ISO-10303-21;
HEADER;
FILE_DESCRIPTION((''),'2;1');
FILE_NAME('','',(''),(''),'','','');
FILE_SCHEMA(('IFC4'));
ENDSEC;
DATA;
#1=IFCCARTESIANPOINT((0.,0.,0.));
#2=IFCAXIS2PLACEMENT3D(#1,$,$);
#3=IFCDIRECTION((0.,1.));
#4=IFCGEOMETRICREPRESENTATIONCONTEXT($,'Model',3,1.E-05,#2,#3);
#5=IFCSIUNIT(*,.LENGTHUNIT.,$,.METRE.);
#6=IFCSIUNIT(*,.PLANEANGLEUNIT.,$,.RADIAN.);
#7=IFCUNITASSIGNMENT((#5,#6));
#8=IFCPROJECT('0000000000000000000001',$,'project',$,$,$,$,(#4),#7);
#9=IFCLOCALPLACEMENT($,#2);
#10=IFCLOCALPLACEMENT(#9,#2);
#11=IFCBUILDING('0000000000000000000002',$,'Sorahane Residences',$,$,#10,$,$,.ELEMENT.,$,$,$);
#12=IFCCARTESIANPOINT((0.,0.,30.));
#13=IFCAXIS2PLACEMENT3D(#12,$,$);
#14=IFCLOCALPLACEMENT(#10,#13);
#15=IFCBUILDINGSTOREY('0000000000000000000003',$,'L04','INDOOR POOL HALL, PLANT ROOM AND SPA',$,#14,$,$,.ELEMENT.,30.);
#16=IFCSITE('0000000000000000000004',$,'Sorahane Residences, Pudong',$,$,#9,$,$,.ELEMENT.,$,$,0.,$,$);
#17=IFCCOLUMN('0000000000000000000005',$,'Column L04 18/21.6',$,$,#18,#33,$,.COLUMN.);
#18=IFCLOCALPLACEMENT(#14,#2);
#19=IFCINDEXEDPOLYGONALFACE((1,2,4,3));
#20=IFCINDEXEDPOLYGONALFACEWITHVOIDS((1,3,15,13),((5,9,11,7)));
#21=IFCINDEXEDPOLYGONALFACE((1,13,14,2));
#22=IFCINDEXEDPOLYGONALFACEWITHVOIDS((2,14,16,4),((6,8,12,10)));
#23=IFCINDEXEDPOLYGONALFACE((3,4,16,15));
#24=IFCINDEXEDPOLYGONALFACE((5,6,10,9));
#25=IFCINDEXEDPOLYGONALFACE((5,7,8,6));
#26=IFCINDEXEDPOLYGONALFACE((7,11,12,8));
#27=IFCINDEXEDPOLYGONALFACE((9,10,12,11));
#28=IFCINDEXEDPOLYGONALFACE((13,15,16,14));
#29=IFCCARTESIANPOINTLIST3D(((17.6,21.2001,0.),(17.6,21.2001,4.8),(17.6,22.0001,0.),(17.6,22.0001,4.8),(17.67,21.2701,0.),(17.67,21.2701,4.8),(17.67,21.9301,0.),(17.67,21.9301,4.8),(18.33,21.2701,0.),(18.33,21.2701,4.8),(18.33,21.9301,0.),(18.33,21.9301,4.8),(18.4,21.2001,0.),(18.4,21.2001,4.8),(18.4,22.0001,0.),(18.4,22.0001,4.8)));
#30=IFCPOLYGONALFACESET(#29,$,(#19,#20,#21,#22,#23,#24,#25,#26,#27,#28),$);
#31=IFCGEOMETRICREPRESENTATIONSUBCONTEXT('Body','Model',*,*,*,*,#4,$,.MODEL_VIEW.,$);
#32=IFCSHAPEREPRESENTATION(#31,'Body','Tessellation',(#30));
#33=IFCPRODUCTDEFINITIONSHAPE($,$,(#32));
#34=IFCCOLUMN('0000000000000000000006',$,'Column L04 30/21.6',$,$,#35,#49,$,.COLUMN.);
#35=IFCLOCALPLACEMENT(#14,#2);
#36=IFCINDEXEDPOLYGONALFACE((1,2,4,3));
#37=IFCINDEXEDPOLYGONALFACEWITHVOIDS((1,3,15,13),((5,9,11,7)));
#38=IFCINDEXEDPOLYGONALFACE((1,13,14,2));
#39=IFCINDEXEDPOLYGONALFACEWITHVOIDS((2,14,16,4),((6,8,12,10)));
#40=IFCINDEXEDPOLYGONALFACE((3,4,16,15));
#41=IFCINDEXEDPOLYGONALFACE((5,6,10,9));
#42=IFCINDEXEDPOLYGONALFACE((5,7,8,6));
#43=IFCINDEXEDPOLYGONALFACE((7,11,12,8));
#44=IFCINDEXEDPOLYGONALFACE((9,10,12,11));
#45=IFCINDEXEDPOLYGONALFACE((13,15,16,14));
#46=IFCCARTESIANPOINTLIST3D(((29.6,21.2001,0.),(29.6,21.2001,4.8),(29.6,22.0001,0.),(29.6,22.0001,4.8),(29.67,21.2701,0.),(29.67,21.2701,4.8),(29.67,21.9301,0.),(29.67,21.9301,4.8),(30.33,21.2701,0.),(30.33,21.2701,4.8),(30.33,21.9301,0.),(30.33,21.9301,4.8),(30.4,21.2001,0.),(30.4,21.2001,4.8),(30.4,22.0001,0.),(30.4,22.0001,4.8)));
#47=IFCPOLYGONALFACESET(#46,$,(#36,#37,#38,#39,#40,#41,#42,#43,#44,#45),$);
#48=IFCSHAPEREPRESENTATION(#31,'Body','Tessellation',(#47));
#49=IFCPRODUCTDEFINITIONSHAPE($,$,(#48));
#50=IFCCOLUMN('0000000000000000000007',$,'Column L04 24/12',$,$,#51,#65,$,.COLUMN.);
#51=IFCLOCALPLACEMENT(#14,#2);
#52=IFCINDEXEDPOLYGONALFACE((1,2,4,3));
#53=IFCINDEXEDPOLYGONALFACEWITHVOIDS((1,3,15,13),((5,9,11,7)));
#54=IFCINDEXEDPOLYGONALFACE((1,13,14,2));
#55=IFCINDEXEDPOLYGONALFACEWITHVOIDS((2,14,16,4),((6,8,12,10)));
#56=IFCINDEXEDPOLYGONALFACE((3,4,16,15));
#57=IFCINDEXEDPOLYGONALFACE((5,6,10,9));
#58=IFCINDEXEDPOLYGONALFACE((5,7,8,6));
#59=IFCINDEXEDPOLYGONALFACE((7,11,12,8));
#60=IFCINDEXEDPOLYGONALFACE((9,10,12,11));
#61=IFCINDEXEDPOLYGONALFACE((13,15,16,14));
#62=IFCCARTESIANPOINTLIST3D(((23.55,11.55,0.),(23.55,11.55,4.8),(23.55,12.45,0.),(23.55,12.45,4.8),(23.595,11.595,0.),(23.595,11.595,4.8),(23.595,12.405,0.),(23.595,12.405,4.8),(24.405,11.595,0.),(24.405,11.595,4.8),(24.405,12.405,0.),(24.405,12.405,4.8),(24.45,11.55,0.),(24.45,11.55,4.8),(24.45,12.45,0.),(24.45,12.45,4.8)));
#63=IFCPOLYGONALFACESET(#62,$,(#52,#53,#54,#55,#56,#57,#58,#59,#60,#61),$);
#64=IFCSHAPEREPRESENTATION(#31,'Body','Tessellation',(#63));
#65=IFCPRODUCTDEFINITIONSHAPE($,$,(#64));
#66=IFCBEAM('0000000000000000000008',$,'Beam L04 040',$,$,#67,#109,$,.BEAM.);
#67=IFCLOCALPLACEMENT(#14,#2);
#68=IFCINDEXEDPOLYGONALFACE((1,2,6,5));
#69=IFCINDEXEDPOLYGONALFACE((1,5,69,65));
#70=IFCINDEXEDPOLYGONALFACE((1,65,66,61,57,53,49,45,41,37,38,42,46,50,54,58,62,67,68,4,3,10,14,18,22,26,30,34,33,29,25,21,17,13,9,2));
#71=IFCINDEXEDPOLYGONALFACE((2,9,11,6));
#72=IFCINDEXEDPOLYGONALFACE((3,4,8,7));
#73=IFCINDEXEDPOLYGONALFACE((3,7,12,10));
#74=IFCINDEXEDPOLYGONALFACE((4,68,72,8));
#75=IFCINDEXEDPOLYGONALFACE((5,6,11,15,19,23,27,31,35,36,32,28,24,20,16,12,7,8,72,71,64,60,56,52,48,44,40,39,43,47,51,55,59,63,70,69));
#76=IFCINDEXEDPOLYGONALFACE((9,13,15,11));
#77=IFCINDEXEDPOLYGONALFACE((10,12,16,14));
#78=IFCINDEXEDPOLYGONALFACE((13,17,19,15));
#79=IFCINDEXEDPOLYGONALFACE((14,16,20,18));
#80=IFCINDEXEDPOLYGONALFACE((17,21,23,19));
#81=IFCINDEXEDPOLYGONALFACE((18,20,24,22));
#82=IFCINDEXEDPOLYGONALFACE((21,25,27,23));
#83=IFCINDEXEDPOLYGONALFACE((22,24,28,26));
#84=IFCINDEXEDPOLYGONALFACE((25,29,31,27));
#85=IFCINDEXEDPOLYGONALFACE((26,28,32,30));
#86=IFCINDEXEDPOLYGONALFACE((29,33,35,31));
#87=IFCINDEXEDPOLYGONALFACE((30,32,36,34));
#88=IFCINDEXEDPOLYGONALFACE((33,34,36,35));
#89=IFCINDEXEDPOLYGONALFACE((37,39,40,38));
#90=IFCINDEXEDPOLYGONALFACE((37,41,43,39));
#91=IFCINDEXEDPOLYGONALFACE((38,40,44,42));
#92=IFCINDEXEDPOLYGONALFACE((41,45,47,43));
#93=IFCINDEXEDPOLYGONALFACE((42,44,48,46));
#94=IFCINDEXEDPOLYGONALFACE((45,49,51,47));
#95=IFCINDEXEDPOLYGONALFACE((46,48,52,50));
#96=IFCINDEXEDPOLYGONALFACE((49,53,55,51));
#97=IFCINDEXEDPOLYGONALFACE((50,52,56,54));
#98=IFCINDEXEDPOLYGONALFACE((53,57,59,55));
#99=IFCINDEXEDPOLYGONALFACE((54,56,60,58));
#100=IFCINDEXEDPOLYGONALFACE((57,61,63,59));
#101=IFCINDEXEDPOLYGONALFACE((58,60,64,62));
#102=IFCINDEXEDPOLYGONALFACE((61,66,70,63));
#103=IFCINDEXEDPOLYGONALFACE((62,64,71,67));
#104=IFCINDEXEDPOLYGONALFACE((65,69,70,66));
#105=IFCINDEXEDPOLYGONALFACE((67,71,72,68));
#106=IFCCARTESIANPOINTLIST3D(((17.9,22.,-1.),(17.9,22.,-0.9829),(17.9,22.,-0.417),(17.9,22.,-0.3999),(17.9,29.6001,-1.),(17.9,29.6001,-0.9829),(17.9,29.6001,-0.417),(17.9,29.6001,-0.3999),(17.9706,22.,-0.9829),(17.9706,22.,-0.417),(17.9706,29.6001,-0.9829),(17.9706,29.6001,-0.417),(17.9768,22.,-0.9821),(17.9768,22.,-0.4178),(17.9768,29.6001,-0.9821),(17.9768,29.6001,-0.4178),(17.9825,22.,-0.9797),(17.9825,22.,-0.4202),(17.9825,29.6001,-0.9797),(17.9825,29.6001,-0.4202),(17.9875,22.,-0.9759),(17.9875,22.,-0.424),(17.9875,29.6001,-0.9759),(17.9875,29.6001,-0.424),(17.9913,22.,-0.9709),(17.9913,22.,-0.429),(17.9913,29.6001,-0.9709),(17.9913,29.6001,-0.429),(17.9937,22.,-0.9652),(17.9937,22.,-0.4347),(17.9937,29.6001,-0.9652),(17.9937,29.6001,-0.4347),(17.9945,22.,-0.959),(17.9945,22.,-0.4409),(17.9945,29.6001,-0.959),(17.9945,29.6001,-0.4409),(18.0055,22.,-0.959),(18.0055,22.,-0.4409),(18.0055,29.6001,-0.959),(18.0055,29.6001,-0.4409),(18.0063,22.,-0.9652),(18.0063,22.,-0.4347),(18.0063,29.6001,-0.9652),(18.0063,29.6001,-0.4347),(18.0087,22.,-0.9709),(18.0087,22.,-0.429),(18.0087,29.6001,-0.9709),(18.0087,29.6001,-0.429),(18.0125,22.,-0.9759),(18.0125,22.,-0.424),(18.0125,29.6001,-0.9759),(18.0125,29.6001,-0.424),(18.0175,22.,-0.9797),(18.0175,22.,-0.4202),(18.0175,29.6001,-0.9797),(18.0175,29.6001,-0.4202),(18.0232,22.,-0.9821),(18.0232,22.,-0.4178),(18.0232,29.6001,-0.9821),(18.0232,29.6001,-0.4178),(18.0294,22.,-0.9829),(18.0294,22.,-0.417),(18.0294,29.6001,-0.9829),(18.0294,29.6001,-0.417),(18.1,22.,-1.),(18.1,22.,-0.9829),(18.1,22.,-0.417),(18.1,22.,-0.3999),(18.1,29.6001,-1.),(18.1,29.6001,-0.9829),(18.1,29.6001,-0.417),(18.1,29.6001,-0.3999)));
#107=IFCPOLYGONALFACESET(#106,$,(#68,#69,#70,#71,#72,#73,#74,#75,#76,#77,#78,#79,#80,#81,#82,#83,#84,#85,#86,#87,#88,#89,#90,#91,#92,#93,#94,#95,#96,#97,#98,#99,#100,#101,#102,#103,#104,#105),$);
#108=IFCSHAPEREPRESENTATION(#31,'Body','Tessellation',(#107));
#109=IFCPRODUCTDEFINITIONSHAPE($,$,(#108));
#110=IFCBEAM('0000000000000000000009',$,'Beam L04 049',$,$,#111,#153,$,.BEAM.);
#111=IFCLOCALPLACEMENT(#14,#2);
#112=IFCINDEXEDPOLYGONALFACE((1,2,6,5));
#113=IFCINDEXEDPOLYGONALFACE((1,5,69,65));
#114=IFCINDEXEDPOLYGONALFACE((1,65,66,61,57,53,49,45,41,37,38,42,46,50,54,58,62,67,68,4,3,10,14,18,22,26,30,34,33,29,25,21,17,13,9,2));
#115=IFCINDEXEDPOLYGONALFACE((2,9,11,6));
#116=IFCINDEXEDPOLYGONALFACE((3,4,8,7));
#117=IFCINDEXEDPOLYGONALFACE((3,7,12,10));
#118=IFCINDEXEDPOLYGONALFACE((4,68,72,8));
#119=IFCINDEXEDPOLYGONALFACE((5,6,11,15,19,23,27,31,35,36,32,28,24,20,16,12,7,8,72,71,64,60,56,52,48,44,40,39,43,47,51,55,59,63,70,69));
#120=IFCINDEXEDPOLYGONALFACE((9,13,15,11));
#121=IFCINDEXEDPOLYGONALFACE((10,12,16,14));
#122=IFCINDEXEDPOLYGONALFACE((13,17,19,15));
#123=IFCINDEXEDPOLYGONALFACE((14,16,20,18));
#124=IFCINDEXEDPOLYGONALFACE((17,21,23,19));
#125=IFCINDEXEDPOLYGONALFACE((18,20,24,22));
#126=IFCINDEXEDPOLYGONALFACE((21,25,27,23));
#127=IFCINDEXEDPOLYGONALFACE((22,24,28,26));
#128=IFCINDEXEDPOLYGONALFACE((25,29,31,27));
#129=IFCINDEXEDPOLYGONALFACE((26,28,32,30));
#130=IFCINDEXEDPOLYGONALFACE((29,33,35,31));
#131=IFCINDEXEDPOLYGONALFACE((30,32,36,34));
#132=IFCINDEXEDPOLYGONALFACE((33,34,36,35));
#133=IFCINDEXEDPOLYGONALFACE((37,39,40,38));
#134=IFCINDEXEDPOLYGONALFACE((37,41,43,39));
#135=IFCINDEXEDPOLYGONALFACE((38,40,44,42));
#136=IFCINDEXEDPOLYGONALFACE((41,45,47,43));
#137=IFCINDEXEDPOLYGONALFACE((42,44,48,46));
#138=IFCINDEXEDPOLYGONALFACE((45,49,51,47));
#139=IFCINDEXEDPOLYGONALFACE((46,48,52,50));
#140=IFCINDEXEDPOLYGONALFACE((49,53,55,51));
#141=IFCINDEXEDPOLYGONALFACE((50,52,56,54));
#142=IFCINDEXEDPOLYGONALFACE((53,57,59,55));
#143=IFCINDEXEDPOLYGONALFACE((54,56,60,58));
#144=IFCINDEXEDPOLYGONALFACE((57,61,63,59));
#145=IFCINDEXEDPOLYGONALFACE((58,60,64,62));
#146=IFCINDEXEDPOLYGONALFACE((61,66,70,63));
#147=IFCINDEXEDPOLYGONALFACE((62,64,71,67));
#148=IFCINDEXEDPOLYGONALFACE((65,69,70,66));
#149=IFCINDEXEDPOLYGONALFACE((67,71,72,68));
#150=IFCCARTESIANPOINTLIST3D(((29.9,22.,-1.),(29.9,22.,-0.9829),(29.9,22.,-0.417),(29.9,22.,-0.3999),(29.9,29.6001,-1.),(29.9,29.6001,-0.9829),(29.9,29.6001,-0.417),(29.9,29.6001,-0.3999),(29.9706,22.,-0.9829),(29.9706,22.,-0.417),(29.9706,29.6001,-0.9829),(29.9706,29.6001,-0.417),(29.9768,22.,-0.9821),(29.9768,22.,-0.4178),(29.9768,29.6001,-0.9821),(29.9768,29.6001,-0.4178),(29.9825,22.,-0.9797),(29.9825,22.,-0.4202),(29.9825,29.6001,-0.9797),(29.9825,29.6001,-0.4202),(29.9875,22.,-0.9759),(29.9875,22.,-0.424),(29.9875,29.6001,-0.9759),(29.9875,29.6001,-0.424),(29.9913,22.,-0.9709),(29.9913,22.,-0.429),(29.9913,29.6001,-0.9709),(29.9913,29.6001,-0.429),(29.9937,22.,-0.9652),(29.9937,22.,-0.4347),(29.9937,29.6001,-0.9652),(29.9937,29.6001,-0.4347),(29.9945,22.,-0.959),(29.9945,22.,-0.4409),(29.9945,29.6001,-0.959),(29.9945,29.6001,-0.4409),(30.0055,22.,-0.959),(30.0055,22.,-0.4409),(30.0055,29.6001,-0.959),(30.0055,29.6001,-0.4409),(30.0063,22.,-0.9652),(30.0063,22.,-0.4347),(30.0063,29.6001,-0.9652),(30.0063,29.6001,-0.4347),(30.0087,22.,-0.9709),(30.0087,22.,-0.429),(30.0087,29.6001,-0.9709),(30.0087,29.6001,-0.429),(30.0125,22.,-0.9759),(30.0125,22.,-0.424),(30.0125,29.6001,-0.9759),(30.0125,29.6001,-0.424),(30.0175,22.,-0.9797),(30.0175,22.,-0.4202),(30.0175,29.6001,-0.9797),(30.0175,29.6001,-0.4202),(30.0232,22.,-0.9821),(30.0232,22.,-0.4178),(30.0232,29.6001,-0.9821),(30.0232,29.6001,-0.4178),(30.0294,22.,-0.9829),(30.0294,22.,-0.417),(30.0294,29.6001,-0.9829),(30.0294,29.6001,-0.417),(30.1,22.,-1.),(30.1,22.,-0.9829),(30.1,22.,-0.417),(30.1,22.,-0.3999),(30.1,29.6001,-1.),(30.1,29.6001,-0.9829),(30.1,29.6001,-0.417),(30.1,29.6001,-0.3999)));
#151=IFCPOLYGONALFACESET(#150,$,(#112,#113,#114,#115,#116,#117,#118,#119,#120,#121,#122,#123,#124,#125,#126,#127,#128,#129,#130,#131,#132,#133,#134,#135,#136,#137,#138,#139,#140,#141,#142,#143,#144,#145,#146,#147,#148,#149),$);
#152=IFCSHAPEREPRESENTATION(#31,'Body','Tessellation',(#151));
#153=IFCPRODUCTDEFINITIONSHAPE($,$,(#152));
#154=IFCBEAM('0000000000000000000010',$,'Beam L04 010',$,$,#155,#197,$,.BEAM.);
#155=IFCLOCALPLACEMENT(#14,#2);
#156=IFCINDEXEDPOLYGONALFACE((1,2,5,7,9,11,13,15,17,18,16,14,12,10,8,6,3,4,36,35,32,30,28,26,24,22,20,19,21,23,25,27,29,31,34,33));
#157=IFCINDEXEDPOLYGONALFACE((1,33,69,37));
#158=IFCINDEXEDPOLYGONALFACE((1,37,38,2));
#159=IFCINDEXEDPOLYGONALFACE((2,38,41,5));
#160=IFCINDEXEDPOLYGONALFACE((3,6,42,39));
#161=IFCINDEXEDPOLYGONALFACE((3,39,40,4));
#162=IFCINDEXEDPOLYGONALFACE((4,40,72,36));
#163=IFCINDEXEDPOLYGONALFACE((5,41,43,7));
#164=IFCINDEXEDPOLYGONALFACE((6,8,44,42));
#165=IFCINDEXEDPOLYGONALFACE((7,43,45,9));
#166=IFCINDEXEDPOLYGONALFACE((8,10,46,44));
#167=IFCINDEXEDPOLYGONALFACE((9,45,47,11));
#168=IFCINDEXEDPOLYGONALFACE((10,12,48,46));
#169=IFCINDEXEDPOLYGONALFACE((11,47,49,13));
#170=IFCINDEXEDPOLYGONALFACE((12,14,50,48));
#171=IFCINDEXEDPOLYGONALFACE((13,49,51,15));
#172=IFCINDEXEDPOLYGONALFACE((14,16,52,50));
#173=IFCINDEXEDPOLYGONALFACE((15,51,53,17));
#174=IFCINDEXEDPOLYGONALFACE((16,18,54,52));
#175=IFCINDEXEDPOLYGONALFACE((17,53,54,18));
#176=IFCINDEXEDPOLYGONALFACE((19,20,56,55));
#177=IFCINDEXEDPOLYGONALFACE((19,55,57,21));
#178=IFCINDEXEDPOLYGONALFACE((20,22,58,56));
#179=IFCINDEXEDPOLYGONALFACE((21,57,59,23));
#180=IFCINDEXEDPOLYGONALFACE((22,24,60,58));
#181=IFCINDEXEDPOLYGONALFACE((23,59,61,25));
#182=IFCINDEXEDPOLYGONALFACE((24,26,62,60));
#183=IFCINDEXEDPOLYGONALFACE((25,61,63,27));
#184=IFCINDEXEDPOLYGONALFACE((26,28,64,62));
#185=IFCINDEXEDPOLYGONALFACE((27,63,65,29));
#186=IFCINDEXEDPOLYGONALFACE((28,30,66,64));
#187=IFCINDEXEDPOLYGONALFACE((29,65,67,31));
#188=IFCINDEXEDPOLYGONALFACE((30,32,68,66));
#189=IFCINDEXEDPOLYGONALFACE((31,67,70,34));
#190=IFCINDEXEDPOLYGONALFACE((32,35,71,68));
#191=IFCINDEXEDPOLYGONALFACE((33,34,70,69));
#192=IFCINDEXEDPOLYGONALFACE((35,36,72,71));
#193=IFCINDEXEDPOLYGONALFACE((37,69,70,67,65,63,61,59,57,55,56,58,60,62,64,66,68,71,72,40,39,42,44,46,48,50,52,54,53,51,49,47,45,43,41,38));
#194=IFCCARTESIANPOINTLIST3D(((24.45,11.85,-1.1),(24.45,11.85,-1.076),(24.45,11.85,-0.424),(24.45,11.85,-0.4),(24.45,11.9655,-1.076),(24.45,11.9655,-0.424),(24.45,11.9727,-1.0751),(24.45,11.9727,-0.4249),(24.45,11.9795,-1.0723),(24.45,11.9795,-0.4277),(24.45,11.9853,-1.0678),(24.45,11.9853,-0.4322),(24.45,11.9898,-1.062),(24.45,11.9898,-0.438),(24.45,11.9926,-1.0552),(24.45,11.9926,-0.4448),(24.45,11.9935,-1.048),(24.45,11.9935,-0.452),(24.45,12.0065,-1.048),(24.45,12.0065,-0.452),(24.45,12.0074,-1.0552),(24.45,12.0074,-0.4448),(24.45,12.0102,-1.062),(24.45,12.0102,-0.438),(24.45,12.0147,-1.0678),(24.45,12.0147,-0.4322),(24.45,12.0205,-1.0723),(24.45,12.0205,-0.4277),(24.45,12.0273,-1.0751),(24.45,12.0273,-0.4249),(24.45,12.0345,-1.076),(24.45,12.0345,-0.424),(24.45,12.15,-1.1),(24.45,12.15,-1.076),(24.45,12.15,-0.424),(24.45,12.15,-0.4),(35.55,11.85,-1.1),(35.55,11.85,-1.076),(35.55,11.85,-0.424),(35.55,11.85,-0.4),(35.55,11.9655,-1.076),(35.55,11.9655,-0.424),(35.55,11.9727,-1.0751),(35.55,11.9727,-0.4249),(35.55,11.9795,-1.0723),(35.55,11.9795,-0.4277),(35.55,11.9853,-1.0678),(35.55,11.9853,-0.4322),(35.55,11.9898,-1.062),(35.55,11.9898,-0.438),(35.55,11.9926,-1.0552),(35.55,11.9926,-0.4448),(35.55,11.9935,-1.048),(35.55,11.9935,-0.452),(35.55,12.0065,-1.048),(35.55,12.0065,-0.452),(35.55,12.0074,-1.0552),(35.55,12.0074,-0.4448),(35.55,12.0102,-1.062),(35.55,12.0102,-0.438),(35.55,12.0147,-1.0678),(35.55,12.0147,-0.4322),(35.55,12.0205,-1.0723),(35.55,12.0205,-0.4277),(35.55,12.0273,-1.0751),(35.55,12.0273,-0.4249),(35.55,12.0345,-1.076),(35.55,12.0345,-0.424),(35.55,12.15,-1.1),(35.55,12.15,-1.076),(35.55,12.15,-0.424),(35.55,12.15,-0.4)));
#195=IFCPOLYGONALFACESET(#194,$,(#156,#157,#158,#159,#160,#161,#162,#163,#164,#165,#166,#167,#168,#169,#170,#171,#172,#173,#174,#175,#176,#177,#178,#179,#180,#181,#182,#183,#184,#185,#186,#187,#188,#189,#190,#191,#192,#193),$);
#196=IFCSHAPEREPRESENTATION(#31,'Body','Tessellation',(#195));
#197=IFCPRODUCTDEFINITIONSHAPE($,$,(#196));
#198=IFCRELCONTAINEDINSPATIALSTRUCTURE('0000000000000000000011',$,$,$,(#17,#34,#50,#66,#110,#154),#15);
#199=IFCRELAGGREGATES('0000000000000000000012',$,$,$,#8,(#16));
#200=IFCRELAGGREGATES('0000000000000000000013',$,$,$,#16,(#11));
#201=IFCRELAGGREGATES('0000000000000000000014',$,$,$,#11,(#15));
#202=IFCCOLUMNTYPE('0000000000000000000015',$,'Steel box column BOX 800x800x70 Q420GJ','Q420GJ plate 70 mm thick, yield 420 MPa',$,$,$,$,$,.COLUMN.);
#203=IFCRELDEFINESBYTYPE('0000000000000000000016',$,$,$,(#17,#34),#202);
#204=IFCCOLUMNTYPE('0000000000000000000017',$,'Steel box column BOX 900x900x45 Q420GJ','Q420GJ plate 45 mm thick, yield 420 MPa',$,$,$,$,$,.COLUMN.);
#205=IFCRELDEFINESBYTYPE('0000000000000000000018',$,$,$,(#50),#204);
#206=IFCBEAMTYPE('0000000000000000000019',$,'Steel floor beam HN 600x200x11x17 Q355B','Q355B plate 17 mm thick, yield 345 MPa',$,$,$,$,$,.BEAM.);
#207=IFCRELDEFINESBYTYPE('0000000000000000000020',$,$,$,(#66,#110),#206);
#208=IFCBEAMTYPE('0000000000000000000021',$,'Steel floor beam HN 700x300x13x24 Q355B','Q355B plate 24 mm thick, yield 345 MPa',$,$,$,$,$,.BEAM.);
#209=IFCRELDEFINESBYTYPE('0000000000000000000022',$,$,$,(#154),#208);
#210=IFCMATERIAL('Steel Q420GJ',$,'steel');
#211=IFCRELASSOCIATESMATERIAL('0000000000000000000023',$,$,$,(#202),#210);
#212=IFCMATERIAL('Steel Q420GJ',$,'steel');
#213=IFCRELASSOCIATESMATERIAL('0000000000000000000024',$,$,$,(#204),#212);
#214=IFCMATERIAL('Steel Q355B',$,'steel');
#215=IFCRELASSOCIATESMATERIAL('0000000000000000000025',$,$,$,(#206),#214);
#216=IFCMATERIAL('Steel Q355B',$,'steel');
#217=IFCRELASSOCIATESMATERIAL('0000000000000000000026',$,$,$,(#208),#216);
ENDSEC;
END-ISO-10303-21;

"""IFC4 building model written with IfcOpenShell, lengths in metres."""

from ifc_helpers import new_model, si_unit, direction, frame, origin, origin_2d, place, context, subcontext, project, spatial, hollow_rectangle, i_section, extrude, material, material_profile, profile_set, type_object, element, save


model = new_model("IFC4")

# Units and contexts
model_context = context("Model", 3, precision=1e-05, world=origin(), true_north=direction((0.0, 1.0)))
body_context = subcontext(model_context, "Body", "Model", "MODEL_VIEW")
ifc_project = project(units=[si_unit("LENGTHUNIT", "METRE"), si_unit("PLANEANGLEUNIT", "RADIAN")], contexts=[model_context])

# Site, building, storey
site_placement = place(None, origin())
site = spatial("IfcSite", under=ifc_project, at=site_placement, Name="Sorahane Residences, Pudong", CompositionType="ELEMENT", RefElevation=0.0)
building_placement = place(site_placement, origin())
building = spatial("IfcBuilding", under=site, at=building_placement, Name="Sorahane Residences", CompositionType="ELEMENT")
storey_placement = place(building_placement, frame((0.0, 0.0, 30.0)))
storey = spatial("IfcBuildingStorey", under=building, at=storey_placement, Name="L04", Description="INDOOR POOL HALL, PLANT ROOM AND SPA", CompositionType="ELEMENT", Elevation=30.0)

# Columns
ifc_material_1 = material(Name="Steel Q420GJ", Category="steel")
ifc_material_profile_1 = material_profile(ifc_material_1, hollow_rectangle(XDim=0.8, YDim=0.8, WallThickness=0.0701, at=origin_2d()), Name="BOX 800x800x70")
ifc_profile_set_1 = profile_set([ifc_material_profile_1], Name="Steel Q420GJ")
column_type_1 = type_object("IfcColumnType", Name="Steel box column BOX 800x800x70 Q420GJ", Description="Q420GJ plate 70 mm thick, yield 420 MPa", PredefinedType="COLUMN", material=ifc_profile_set_1)
for number, where, z_axis, x_axis, name in (
    (1, (18.0, 21.6001, 0.0), (0.0, 0.0, 1.0), (1.0, 0.0, 0.0), "Column L04 18/21.6"),
    (2, (30.0, 21.6001, 0.0), (0.0, 0.0, 1.0), (1.0, 0.0, 0.0), "Column L04 30/21.6"),
):
    element("IfcColumn", number, at=place(storey_placement, frame(where, z_axis=z_axis, x_axis=x_axis)), inside=storey, type_object=column_type_1, Name=name, PredefinedType="COLUMN", context=body_context, shape_type="SweptSolid", body=[
        extrude(hollow_rectangle(XDim=0.8, YDim=0.8, WallThickness=0.0701, at=origin_2d()), origin(), (0.0, 0.0, 1.0), 4.8),
    ])
ifc_material_2 = material(Name="Steel Q420GJ", Category="steel")
ifc_material_profile_2 = material_profile(ifc_material_2, hollow_rectangle(XDim=0.8999, YDim=0.8999, WallThickness=0.0449, at=origin_2d()), Name="BOX 900x900x45")
ifc_profile_set_2 = profile_set([ifc_material_profile_2], Name="Steel Q420GJ")
column_type_2 = type_object("IfcColumnType", Name="Steel box column BOX 900x900x45 Q420GJ", Description="Q420GJ plate 45 mm thick, yield 420 MPa", PredefinedType="COLUMN", material=ifc_profile_set_2)
column_placement = place(storey_placement, frame((24.0, 12.0, 0.0), z_axis=(0.0, 0.0, 1.0), x_axis=(1.0, 0.0, 0.0)))
element("IfcColumn", 3, at=column_placement, inside=storey, type_object=column_type_2, Name="Column L04 24/12", PredefinedType="COLUMN", context=body_context, shape_type="SweptSolid", body=[
    extrude(hollow_rectangle(XDim=0.8999, YDim=0.8999, WallThickness=0.0449, at=origin_2d()), origin(), (0.0, 0.0, 1.0), 4.8),
])

# Beams
ifc_material_3 = material(Name="Steel Q355B", Category="steel")
ifc_material_profile_3 = material_profile(ifc_material_3, i_section(OverallWidth=0.2, OverallDepth=0.6001, WebThickness=0.011, FlangeThickness=0.0171, FilletRadius=0.0239, at=origin_2d()), Name="HN 600x200x11x17")
ifc_profile_set_3 = profile_set([ifc_material_profile_3], Name="Steel Q355B")
beam_type_1 = type_object("IfcBeamType", Name="Steel floor beam HN 600x200x11x17 Q355B", Description="Q355B plate 17 mm thick, yield 345 MPa", PredefinedType="BEAM", material=ifc_profile_set_3)
for number, where, z_axis, x_axis, name in (
    (4, (18.0, 22.0, -0.7), (0.0, 1.0, 0.0), (-1.0, 0.0, 0.0), "Beam L04 040"),
    (5, (30.0, 22.0, -0.7), (0.0, 1.0, 0.0), (-1.0, 0.0, 0.0), "Beam L04 049"),
):
    element("IfcBeam", number, at=place(storey_placement, frame(where, z_axis=z_axis, x_axis=x_axis)), inside=storey, type_object=beam_type_1, Name=name, PredefinedType="BEAM", context=body_context, shape_type="SweptSolid", body=[
        extrude(i_section(OverallWidth=0.2, OverallDepth=0.6001, WebThickness=0.011, FlangeThickness=0.0171, FilletRadius=0.0239, at=origin_2d()), origin(), (0.0, 0.0, 1.0), 7.6001),
    ])
ifc_material_4 = material(Name="Steel Q355B", Category="steel")
ifc_material_profile_4 = material_profile(ifc_material_4, i_section(OverallWidth=0.3, OverallDepth=0.7, WebThickness=0.0129, FlangeThickness=0.0239, FilletRadius=0.0281, at=origin_2d()), Name="HN 700x300x13x24")
ifc_profile_set_4 = profile_set([ifc_material_profile_4], Name="Steel Q355B")
beam_type_2 = type_object("IfcBeamType", Name="Steel floor beam HN 700x300x13x24 Q355B", Description="Q355B plate 24 mm thick, yield 345 MPa", PredefinedType="BEAM", material=ifc_profile_set_4)
beam_placement = place(storey_placement, frame((24.45, 12.0, -0.75), z_axis=(1.0, 0.0, 0.0), x_axis=(0.0, 1.0, 0.0)))
element("IfcBeam", 6, at=beam_placement, inside=storey, type_object=beam_type_2, Name="Beam L04 010", PredefinedType="BEAM", context=body_context, shape_type="SweptSolid", body=[
    extrude(i_section(OverallWidth=0.3, OverallDepth=0.7, WebThickness=0.0129, FlangeThickness=0.0239, FilletRadius=0.0281, at=origin_2d()), origin(), (0.0, 0.0, 1.0), 11.1001),
])

save(model, "model.ifc")
